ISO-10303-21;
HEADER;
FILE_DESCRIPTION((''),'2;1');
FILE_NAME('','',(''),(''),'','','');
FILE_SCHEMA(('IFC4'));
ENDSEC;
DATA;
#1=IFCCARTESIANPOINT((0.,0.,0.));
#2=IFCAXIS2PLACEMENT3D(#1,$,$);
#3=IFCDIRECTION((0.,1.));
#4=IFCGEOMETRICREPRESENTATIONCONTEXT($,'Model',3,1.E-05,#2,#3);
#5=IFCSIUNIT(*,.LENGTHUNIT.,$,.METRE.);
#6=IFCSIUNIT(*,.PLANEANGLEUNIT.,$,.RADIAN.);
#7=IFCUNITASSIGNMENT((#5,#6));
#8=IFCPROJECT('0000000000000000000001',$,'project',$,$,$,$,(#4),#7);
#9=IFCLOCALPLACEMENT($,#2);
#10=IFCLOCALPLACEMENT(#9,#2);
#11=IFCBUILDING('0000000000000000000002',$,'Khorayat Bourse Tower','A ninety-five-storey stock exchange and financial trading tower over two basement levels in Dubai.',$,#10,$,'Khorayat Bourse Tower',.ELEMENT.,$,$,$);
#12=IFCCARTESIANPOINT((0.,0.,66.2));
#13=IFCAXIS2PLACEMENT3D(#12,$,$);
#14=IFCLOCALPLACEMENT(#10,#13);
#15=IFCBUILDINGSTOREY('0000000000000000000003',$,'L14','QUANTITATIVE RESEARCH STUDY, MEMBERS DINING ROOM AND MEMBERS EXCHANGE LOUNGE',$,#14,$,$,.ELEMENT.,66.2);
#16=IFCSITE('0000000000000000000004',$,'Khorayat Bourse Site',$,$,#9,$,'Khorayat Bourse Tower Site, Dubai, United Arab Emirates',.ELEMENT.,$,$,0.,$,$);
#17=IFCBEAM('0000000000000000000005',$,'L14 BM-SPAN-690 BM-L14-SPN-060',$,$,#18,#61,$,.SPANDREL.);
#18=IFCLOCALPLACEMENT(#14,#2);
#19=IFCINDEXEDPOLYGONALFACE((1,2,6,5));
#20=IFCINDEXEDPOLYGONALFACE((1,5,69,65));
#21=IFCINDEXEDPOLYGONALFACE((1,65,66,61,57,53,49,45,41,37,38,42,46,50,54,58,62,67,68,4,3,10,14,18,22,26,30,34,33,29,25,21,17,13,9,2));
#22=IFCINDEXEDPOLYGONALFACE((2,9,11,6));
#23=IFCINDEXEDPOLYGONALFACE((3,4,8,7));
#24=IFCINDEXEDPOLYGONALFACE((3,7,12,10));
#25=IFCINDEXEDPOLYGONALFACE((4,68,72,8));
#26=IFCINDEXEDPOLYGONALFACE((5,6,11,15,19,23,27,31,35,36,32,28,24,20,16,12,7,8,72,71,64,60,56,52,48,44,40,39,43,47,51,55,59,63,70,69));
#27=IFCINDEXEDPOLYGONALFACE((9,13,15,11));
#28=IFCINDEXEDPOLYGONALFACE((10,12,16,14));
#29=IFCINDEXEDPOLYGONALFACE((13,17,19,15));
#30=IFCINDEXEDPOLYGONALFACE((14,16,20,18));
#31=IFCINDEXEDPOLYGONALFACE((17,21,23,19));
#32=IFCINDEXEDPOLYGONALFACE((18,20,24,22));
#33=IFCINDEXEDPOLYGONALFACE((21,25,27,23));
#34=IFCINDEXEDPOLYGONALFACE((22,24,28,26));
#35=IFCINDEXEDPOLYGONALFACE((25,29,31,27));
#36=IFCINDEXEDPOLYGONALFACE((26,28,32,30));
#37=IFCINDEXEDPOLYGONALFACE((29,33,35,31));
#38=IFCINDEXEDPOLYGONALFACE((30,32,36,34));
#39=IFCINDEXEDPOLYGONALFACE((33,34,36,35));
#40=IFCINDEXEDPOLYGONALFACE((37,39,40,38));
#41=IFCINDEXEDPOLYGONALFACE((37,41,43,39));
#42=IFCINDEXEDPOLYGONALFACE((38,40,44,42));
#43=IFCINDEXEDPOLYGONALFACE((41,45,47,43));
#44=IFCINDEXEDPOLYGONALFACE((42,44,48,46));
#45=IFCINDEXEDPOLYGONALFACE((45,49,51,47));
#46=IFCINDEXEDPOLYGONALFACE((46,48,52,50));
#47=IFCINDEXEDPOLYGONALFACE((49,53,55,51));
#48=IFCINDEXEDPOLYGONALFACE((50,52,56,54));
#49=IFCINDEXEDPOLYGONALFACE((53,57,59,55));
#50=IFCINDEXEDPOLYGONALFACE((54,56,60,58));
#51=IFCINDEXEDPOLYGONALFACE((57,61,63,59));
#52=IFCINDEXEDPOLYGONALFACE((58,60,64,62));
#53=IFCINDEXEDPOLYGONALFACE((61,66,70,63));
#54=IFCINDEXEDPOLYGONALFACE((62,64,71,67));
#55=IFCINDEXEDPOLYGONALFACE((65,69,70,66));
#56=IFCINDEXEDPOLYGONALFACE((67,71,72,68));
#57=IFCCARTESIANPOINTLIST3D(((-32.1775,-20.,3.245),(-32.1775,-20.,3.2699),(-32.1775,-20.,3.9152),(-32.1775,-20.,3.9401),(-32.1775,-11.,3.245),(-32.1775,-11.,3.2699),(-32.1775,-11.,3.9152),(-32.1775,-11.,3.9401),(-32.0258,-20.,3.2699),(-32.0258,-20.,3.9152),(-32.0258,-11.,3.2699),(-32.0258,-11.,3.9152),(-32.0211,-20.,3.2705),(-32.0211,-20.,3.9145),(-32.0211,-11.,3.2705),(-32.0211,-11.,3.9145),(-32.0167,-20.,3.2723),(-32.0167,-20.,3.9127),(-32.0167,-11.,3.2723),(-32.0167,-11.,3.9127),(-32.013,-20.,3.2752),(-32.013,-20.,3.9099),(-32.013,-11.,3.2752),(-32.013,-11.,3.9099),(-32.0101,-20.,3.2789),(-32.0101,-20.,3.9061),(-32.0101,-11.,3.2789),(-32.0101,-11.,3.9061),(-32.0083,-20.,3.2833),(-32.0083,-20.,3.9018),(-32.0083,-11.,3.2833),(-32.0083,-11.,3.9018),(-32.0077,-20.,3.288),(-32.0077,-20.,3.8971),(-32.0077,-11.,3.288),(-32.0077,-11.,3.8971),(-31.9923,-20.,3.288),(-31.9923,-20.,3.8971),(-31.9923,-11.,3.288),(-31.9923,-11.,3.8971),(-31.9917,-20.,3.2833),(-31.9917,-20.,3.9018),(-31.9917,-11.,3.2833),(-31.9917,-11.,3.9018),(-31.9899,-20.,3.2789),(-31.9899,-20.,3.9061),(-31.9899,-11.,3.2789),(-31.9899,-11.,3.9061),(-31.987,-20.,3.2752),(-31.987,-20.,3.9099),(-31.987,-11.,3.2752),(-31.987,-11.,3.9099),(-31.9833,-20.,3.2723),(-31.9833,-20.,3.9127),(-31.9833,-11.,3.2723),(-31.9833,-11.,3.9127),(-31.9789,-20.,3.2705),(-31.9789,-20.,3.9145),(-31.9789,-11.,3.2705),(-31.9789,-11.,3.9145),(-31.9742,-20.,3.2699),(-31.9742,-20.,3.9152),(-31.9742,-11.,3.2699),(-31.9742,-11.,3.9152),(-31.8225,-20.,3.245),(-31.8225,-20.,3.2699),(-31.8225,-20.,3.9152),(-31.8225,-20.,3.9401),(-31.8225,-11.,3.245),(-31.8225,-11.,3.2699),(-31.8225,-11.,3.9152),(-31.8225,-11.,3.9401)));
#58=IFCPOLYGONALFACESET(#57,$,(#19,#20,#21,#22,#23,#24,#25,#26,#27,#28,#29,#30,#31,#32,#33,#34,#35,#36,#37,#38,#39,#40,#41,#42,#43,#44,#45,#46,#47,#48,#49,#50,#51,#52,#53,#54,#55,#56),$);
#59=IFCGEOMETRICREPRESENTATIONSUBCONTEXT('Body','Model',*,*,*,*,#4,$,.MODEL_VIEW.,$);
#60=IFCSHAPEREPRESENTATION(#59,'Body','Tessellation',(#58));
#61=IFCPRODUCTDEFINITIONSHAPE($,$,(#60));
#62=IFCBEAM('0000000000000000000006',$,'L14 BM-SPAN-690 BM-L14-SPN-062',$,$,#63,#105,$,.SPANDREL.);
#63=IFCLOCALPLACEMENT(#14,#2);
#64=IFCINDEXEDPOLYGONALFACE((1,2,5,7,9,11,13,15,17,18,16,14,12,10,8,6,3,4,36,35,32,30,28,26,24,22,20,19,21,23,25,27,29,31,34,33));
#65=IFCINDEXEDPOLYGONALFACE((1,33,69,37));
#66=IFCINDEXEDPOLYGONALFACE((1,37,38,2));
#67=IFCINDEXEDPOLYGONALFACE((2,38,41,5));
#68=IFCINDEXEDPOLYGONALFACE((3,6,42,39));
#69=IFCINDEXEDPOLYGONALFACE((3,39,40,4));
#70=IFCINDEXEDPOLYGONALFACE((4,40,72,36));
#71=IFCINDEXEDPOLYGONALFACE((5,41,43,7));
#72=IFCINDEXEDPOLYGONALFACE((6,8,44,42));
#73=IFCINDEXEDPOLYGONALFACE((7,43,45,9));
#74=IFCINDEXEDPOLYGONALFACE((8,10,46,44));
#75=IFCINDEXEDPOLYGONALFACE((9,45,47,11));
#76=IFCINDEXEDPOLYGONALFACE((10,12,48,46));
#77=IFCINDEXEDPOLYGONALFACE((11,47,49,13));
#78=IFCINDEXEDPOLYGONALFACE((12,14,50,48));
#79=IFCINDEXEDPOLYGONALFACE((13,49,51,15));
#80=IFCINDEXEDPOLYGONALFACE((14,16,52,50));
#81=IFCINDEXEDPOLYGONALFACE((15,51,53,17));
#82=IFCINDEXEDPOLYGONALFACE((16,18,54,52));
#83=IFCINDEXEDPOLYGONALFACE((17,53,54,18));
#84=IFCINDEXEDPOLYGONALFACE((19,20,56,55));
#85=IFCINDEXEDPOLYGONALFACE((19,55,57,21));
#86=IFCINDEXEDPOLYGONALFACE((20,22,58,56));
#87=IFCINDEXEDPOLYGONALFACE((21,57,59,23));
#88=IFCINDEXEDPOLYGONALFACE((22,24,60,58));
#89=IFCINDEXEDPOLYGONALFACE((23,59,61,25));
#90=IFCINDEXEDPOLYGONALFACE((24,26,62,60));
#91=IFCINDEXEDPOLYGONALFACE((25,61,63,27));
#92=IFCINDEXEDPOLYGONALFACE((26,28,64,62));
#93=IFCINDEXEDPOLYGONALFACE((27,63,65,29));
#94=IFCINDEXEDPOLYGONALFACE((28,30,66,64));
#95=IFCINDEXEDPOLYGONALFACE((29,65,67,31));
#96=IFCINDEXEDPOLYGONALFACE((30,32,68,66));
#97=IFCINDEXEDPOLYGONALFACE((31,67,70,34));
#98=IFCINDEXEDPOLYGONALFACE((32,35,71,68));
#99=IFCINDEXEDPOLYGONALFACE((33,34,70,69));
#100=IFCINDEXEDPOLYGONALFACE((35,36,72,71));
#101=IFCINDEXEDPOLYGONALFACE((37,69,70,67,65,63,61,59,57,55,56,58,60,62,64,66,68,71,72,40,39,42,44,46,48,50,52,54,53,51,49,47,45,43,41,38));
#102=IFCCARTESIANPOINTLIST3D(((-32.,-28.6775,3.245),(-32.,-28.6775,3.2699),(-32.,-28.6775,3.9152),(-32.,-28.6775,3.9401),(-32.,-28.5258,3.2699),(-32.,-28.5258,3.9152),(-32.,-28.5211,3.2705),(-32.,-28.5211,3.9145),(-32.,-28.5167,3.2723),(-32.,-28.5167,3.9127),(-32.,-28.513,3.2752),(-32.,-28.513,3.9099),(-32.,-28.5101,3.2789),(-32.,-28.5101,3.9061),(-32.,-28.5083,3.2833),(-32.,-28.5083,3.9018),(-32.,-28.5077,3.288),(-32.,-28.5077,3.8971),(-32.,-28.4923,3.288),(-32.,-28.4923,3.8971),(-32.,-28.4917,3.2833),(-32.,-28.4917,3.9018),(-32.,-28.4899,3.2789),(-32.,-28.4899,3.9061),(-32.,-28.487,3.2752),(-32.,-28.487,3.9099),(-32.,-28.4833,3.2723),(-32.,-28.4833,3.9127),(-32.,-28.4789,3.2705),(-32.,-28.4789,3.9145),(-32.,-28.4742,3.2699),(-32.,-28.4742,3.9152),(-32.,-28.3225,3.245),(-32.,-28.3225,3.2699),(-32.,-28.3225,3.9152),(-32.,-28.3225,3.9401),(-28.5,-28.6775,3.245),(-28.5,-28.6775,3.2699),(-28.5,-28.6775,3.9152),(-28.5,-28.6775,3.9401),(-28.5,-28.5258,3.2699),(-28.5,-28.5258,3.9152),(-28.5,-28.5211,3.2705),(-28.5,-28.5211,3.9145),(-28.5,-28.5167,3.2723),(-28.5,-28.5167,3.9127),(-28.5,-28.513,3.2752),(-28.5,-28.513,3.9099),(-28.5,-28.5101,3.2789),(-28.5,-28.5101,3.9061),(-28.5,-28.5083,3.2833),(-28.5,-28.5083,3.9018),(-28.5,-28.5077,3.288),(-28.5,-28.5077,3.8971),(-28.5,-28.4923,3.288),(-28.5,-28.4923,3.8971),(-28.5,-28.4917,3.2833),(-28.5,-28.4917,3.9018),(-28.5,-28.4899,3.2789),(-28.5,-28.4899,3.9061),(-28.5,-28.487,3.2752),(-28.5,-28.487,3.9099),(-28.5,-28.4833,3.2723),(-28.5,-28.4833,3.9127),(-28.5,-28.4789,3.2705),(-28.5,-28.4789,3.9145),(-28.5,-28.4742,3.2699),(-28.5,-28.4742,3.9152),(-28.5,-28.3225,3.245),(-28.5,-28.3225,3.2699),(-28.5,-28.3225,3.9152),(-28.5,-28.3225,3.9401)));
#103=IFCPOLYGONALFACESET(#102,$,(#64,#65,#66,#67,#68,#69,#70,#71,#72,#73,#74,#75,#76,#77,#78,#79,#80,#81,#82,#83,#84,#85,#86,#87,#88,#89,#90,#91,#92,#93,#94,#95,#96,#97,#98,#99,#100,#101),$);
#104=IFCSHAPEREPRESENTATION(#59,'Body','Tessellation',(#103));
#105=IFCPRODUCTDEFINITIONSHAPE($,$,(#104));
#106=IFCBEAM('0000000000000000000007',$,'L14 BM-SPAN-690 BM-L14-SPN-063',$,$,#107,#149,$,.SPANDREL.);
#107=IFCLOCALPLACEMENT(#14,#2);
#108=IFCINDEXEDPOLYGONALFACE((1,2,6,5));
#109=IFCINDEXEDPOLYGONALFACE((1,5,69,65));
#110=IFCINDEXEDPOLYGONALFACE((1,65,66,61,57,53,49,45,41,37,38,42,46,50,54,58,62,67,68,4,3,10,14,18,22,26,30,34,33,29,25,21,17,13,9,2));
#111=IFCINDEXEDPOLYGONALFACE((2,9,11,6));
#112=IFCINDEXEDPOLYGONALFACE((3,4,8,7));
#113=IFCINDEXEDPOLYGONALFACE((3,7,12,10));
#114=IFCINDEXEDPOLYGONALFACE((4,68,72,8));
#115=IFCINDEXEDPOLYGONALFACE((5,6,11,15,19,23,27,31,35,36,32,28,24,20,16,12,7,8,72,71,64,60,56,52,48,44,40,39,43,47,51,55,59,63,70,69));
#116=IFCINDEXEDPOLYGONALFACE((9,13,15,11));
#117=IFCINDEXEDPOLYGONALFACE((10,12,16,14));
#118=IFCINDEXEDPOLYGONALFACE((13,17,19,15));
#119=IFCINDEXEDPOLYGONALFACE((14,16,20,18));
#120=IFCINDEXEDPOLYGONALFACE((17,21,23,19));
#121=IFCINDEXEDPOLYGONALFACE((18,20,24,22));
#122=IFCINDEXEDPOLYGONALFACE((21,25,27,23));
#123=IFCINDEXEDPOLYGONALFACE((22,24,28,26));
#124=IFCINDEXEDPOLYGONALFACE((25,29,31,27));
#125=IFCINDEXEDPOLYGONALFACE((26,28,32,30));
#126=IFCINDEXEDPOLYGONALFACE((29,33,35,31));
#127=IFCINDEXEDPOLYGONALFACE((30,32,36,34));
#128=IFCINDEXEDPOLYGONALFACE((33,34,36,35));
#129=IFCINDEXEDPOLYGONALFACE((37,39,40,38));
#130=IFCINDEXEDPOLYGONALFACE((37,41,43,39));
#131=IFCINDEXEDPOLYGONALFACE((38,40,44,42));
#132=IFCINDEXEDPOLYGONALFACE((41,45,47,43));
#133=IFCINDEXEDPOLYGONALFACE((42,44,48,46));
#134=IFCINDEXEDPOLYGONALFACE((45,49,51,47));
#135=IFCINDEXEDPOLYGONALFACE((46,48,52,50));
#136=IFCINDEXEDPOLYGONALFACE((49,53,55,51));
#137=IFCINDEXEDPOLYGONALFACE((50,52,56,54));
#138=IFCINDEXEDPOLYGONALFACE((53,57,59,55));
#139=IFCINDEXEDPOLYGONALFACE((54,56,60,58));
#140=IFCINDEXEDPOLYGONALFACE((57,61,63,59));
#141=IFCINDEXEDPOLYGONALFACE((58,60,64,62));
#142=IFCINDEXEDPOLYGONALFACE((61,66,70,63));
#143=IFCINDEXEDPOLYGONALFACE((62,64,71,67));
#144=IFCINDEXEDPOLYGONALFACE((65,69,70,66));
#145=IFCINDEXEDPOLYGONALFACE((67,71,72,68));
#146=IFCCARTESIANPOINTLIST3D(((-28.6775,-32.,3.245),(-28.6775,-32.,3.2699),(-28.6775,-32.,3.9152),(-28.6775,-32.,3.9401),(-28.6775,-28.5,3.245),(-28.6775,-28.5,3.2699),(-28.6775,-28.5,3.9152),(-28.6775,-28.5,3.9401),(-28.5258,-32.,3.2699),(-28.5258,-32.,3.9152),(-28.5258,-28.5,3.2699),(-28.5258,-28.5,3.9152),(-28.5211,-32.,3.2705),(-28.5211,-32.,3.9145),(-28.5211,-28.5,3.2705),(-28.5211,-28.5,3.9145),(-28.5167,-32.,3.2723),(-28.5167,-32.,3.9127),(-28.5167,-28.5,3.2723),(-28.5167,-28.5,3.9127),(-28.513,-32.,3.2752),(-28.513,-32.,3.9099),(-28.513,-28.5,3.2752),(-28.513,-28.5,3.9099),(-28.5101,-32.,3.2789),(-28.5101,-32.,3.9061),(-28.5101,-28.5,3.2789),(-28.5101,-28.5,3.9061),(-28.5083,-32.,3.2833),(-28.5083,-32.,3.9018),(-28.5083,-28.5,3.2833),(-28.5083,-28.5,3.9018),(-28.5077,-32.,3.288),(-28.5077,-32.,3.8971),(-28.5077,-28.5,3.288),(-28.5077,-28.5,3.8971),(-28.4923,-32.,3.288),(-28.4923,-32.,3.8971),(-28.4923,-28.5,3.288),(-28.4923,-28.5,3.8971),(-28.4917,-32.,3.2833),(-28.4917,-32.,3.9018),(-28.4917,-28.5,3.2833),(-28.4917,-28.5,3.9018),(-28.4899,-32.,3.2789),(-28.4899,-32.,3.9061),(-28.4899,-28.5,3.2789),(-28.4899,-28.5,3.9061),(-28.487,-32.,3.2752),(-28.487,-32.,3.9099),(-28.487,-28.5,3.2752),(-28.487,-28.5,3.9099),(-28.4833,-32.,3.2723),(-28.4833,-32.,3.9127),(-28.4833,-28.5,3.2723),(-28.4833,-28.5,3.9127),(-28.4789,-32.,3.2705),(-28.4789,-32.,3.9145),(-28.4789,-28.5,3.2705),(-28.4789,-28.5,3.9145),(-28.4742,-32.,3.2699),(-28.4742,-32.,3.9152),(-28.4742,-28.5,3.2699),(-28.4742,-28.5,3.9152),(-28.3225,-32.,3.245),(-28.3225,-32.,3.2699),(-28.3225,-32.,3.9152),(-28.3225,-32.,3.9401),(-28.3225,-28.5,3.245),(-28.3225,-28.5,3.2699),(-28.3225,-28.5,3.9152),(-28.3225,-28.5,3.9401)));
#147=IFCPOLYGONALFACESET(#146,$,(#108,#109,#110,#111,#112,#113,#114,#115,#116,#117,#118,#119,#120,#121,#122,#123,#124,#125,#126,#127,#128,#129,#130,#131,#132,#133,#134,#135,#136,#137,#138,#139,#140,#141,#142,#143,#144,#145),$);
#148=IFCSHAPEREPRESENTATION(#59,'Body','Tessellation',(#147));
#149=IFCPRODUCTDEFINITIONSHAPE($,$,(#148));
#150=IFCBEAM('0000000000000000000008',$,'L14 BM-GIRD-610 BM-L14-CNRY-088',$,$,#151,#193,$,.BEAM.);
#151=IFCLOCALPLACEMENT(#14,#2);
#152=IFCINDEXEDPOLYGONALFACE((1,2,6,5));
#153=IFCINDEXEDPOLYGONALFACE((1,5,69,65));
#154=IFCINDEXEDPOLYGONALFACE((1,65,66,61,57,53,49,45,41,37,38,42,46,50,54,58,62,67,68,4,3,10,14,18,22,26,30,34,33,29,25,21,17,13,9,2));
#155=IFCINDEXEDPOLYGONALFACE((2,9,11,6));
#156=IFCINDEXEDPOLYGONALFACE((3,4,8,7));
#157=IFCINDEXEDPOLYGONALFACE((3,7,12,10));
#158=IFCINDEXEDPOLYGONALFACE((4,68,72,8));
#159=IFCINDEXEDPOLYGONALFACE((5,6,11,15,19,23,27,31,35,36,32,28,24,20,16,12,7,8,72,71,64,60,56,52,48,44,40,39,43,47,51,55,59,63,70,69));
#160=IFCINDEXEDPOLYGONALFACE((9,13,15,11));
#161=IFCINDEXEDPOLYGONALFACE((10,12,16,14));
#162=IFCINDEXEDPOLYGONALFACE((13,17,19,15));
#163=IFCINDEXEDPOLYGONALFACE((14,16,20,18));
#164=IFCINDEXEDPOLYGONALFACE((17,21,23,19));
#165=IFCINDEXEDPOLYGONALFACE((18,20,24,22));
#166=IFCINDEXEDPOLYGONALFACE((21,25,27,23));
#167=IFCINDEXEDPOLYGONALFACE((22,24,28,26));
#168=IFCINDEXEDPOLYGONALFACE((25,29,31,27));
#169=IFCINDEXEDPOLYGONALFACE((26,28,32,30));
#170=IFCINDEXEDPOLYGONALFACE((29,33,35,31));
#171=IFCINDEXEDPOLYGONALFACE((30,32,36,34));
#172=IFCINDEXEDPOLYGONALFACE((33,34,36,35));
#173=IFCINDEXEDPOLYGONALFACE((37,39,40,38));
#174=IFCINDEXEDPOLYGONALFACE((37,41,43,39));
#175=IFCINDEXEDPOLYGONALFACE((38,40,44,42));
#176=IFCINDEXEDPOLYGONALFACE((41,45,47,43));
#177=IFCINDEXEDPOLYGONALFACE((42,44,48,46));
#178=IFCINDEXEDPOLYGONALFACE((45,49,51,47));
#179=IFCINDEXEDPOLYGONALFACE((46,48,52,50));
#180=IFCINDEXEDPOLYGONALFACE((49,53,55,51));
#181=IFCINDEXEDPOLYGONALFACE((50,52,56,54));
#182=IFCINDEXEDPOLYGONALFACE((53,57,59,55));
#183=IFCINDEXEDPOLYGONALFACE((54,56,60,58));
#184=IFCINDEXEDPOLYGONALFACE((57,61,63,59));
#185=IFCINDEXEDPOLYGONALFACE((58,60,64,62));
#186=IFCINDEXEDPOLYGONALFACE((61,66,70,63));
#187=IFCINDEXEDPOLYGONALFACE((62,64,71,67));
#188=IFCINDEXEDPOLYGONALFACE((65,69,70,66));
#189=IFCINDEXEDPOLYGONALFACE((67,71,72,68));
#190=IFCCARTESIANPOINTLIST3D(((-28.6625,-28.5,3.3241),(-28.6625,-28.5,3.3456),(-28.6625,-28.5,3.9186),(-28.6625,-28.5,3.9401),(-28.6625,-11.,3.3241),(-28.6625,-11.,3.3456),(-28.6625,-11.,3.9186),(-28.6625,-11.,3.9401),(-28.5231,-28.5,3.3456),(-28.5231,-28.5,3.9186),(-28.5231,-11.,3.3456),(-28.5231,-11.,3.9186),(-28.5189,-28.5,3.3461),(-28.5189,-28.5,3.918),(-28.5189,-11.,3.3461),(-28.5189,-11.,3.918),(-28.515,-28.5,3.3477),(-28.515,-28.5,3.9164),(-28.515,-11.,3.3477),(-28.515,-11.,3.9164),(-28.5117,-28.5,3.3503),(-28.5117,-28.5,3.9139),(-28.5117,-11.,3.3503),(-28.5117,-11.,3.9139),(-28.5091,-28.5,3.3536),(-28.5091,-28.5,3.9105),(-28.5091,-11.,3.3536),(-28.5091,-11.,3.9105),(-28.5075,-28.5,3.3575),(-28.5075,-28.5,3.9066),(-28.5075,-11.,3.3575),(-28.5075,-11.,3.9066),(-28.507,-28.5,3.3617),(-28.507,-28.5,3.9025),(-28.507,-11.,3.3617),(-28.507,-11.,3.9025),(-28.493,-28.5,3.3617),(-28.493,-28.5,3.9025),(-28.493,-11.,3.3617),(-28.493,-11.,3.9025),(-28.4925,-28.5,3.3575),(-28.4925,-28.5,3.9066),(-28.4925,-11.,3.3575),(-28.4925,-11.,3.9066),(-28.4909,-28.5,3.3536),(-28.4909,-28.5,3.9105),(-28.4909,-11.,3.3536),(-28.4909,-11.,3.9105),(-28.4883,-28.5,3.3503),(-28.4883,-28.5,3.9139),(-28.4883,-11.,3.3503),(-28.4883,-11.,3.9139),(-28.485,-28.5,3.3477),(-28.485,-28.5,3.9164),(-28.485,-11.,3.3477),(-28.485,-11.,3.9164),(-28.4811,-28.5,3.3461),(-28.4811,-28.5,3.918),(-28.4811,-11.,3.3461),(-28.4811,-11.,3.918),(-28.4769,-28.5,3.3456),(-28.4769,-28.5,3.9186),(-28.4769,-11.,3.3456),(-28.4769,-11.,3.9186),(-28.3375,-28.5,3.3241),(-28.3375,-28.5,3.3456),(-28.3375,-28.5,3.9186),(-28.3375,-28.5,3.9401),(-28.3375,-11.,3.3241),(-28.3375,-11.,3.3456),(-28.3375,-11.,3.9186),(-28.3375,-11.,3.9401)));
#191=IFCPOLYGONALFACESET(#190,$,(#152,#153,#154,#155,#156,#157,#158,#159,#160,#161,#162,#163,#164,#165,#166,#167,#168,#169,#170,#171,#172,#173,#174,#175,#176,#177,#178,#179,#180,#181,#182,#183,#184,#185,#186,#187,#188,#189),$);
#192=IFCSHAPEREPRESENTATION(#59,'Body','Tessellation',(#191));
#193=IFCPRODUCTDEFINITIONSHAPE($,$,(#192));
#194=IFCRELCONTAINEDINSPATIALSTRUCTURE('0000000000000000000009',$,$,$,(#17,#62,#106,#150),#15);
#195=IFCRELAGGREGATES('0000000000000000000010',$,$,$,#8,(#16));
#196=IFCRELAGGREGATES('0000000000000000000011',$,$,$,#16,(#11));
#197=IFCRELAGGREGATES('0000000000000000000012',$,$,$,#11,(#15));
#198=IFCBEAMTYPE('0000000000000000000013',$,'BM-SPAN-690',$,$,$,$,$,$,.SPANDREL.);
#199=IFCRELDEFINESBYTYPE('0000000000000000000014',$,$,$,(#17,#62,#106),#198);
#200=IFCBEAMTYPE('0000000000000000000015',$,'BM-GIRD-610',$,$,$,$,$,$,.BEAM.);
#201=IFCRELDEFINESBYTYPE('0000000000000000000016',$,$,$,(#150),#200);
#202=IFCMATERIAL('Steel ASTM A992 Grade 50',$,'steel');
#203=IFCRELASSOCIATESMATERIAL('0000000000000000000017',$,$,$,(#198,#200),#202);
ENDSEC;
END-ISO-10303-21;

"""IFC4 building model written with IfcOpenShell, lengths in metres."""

from ifc_helpers import new_model, si_unit, direction, frame, origin, origin_2d, place, context, subcontext, project, spatial, i_section, extrude, source, transform, mapped, material, material_profile, profile_set, type_object, element, save


model = new_model("IFC4")

# Units and contexts
model_context = context("Model", 3, precision=1e-05, world=origin(), true_north=direction((0.0, 1.0)))
body_context = subcontext(model_context, "Body", "Model", "MODEL_VIEW")
ifc_project = project(units=[si_unit("LENGTHUNIT", "METRE"), si_unit("PLANEANGLEUNIT", "RADIAN")], contexts=[model_context])

# Site, building, storey
site_placement = place(None, origin())
site = spatial("IfcSite", under=ifc_project, at=site_placement, Name="Khorayat Bourse Site", LongName="Khorayat Bourse Tower Site, Dubai, United Arab Emirates", CompositionType="ELEMENT", RefElevation=0.0)
building_placement = place(site_placement, origin())
building = spatial("IfcBuilding", under=site, at=building_placement, Name="Khorayat Bourse Tower", Description="A ninety-five-storey stock exchange and financial trading tower over two basement levels in Dubai.", LongName="Khorayat Bourse Tower", CompositionType="ELEMENT")
storey_placement = place(building_placement, frame((0.0, 0.0, 66.2)))
storey = spatial("IfcBuildingStorey", under=building, at=storey_placement, Name="L14", Description="QUANTITATIVE RESEARCH STUDY, MEMBERS DINING ROOM AND MEMBERS EXCHANGE LOUNGE", CompositionType="ELEMENT", Elevation=66.2)

# Beams
ifc_material_1 = material(Name="Steel ASTM A992 Grade 50", Category="steel")
ifc_material_profile_1 = material_profile(ifc_material_1, i_section(OverallWidth=0.355, OverallDepth=0.6951, WebThickness=0.0154, FlangeThickness=0.0249, FilletRadius=0.0181, at=origin_2d()), Name="W690X217")
ifc_profile_set_1 = profile_set([ifc_material_profile_1], Name="Steel ASTM A992 Grade 50")
beam_type_1 = type_object("IfcBeamType", Name="BM-SPAN-690", PredefinedType="SPANDREL", material=ifc_profile_set_1)
shared_shape_1 = source(origin(), body_context, "Body", "SweptSolid", [
    extrude(i_section(OverallWidth=0.355, OverallDepth=0.6951, WebThickness=0.0154, FlangeThickness=0.0249, FilletRadius=0.0181, at=origin_2d()), origin(), (0.0, 0.0, 1.0), 9.0),
])
beam_1_placement = place(storey_placement, frame((-32.0, -20.0, 3.5925), z_axis=(0.0, 1.0, 0.0), x_axis=(-1.0, 0.0, 0.0)))
element("IfcBeam", 1, at=beam_1_placement, inside=storey, type_object=beam_type_1, Name="L14 BM-SPAN-690 BM-L14-SPN-060", PredefinedType="SPANDREL", context=body_context, shape_type="MappedRepresentation", body=[
    mapped(shared_shape_1, transform((0.0, 0.0, 0.0), scale=1.0)),
])
shared_shape_2 = source(origin(), body_context, "Body", "SweptSolid", [
    extrude(i_section(OverallWidth=0.355, OverallDepth=0.6951, WebThickness=0.0154, FlangeThickness=0.0249, FilletRadius=0.0181, at=origin_2d()), origin(), (0.0, 0.0, 1.0), 3.5),
])
for number, where, z_axis, x_axis, name in (
    (2, (-32.0, -28.5, 3.5925), (1.0, 0.0, 0.0), (0.0, 1.0, 0.0), "L14 BM-SPAN-690 BM-L14-SPN-062"),
    (3, (-28.5, -32.0, 3.5925), (0.0, 1.0, 0.0), (-1.0, 0.0, 0.0), "L14 BM-SPAN-690 BM-L14-SPN-063"),
):
    element("IfcBeam", number, at=place(storey_placement, frame(where, z_axis=z_axis, x_axis=x_axis)), inside=storey, type_object=beam_type_1, Name=name, PredefinedType="SPANDREL", context=body_context, shape_type="MappedRepresentation", body=[
        mapped(shared_shape_2, transform((0.0, 0.0, 0.0), scale=1.0)),
    ])
ifc_material_profile_2 = material_profile(ifc_material_1, i_section(OverallWidth=0.325, OverallDepth=0.616, WebThickness=0.0139, FlangeThickness=0.0215, FilletRadius=0.0161, at=origin_2d()), Name="W610X174")
ifc_profile_set_2 = profile_set([ifc_material_profile_2], Name="Steel ASTM A992 Grade 50")
beam_type_2 = type_object("IfcBeamType", Name="BM-GIRD-610", PredefinedType="BEAM", material=ifc_profile_set_2)
shared_shape_3 = source(origin(), body_context, "Body", "SweptSolid", [
    extrude(i_section(OverallWidth=0.325, OverallDepth=0.616, WebThickness=0.0139, FlangeThickness=0.0215, FilletRadius=0.0161, at=origin_2d()), origin(), (0.0, 0.0, 1.0), 17.5),
])
beam_2_placement = place(storey_placement, frame((-28.5, -28.5, 3.6321), z_axis=(0.0, 1.0, 0.0), x_axis=(-1.0, 0.0, 0.0)))
element("IfcBeam", 4, at=beam_2_placement, inside=storey, type_object=beam_type_2, Name="L14 BM-GIRD-610 BM-L14-CNRY-088", PredefinedType="BEAM", context=body_context, shape_type="MappedRepresentation", body=[
    mapped(shared_shape_3, transform((0.0, 0.0, 0.0), scale=1.0)),
])

save(model, "model.ifc")
